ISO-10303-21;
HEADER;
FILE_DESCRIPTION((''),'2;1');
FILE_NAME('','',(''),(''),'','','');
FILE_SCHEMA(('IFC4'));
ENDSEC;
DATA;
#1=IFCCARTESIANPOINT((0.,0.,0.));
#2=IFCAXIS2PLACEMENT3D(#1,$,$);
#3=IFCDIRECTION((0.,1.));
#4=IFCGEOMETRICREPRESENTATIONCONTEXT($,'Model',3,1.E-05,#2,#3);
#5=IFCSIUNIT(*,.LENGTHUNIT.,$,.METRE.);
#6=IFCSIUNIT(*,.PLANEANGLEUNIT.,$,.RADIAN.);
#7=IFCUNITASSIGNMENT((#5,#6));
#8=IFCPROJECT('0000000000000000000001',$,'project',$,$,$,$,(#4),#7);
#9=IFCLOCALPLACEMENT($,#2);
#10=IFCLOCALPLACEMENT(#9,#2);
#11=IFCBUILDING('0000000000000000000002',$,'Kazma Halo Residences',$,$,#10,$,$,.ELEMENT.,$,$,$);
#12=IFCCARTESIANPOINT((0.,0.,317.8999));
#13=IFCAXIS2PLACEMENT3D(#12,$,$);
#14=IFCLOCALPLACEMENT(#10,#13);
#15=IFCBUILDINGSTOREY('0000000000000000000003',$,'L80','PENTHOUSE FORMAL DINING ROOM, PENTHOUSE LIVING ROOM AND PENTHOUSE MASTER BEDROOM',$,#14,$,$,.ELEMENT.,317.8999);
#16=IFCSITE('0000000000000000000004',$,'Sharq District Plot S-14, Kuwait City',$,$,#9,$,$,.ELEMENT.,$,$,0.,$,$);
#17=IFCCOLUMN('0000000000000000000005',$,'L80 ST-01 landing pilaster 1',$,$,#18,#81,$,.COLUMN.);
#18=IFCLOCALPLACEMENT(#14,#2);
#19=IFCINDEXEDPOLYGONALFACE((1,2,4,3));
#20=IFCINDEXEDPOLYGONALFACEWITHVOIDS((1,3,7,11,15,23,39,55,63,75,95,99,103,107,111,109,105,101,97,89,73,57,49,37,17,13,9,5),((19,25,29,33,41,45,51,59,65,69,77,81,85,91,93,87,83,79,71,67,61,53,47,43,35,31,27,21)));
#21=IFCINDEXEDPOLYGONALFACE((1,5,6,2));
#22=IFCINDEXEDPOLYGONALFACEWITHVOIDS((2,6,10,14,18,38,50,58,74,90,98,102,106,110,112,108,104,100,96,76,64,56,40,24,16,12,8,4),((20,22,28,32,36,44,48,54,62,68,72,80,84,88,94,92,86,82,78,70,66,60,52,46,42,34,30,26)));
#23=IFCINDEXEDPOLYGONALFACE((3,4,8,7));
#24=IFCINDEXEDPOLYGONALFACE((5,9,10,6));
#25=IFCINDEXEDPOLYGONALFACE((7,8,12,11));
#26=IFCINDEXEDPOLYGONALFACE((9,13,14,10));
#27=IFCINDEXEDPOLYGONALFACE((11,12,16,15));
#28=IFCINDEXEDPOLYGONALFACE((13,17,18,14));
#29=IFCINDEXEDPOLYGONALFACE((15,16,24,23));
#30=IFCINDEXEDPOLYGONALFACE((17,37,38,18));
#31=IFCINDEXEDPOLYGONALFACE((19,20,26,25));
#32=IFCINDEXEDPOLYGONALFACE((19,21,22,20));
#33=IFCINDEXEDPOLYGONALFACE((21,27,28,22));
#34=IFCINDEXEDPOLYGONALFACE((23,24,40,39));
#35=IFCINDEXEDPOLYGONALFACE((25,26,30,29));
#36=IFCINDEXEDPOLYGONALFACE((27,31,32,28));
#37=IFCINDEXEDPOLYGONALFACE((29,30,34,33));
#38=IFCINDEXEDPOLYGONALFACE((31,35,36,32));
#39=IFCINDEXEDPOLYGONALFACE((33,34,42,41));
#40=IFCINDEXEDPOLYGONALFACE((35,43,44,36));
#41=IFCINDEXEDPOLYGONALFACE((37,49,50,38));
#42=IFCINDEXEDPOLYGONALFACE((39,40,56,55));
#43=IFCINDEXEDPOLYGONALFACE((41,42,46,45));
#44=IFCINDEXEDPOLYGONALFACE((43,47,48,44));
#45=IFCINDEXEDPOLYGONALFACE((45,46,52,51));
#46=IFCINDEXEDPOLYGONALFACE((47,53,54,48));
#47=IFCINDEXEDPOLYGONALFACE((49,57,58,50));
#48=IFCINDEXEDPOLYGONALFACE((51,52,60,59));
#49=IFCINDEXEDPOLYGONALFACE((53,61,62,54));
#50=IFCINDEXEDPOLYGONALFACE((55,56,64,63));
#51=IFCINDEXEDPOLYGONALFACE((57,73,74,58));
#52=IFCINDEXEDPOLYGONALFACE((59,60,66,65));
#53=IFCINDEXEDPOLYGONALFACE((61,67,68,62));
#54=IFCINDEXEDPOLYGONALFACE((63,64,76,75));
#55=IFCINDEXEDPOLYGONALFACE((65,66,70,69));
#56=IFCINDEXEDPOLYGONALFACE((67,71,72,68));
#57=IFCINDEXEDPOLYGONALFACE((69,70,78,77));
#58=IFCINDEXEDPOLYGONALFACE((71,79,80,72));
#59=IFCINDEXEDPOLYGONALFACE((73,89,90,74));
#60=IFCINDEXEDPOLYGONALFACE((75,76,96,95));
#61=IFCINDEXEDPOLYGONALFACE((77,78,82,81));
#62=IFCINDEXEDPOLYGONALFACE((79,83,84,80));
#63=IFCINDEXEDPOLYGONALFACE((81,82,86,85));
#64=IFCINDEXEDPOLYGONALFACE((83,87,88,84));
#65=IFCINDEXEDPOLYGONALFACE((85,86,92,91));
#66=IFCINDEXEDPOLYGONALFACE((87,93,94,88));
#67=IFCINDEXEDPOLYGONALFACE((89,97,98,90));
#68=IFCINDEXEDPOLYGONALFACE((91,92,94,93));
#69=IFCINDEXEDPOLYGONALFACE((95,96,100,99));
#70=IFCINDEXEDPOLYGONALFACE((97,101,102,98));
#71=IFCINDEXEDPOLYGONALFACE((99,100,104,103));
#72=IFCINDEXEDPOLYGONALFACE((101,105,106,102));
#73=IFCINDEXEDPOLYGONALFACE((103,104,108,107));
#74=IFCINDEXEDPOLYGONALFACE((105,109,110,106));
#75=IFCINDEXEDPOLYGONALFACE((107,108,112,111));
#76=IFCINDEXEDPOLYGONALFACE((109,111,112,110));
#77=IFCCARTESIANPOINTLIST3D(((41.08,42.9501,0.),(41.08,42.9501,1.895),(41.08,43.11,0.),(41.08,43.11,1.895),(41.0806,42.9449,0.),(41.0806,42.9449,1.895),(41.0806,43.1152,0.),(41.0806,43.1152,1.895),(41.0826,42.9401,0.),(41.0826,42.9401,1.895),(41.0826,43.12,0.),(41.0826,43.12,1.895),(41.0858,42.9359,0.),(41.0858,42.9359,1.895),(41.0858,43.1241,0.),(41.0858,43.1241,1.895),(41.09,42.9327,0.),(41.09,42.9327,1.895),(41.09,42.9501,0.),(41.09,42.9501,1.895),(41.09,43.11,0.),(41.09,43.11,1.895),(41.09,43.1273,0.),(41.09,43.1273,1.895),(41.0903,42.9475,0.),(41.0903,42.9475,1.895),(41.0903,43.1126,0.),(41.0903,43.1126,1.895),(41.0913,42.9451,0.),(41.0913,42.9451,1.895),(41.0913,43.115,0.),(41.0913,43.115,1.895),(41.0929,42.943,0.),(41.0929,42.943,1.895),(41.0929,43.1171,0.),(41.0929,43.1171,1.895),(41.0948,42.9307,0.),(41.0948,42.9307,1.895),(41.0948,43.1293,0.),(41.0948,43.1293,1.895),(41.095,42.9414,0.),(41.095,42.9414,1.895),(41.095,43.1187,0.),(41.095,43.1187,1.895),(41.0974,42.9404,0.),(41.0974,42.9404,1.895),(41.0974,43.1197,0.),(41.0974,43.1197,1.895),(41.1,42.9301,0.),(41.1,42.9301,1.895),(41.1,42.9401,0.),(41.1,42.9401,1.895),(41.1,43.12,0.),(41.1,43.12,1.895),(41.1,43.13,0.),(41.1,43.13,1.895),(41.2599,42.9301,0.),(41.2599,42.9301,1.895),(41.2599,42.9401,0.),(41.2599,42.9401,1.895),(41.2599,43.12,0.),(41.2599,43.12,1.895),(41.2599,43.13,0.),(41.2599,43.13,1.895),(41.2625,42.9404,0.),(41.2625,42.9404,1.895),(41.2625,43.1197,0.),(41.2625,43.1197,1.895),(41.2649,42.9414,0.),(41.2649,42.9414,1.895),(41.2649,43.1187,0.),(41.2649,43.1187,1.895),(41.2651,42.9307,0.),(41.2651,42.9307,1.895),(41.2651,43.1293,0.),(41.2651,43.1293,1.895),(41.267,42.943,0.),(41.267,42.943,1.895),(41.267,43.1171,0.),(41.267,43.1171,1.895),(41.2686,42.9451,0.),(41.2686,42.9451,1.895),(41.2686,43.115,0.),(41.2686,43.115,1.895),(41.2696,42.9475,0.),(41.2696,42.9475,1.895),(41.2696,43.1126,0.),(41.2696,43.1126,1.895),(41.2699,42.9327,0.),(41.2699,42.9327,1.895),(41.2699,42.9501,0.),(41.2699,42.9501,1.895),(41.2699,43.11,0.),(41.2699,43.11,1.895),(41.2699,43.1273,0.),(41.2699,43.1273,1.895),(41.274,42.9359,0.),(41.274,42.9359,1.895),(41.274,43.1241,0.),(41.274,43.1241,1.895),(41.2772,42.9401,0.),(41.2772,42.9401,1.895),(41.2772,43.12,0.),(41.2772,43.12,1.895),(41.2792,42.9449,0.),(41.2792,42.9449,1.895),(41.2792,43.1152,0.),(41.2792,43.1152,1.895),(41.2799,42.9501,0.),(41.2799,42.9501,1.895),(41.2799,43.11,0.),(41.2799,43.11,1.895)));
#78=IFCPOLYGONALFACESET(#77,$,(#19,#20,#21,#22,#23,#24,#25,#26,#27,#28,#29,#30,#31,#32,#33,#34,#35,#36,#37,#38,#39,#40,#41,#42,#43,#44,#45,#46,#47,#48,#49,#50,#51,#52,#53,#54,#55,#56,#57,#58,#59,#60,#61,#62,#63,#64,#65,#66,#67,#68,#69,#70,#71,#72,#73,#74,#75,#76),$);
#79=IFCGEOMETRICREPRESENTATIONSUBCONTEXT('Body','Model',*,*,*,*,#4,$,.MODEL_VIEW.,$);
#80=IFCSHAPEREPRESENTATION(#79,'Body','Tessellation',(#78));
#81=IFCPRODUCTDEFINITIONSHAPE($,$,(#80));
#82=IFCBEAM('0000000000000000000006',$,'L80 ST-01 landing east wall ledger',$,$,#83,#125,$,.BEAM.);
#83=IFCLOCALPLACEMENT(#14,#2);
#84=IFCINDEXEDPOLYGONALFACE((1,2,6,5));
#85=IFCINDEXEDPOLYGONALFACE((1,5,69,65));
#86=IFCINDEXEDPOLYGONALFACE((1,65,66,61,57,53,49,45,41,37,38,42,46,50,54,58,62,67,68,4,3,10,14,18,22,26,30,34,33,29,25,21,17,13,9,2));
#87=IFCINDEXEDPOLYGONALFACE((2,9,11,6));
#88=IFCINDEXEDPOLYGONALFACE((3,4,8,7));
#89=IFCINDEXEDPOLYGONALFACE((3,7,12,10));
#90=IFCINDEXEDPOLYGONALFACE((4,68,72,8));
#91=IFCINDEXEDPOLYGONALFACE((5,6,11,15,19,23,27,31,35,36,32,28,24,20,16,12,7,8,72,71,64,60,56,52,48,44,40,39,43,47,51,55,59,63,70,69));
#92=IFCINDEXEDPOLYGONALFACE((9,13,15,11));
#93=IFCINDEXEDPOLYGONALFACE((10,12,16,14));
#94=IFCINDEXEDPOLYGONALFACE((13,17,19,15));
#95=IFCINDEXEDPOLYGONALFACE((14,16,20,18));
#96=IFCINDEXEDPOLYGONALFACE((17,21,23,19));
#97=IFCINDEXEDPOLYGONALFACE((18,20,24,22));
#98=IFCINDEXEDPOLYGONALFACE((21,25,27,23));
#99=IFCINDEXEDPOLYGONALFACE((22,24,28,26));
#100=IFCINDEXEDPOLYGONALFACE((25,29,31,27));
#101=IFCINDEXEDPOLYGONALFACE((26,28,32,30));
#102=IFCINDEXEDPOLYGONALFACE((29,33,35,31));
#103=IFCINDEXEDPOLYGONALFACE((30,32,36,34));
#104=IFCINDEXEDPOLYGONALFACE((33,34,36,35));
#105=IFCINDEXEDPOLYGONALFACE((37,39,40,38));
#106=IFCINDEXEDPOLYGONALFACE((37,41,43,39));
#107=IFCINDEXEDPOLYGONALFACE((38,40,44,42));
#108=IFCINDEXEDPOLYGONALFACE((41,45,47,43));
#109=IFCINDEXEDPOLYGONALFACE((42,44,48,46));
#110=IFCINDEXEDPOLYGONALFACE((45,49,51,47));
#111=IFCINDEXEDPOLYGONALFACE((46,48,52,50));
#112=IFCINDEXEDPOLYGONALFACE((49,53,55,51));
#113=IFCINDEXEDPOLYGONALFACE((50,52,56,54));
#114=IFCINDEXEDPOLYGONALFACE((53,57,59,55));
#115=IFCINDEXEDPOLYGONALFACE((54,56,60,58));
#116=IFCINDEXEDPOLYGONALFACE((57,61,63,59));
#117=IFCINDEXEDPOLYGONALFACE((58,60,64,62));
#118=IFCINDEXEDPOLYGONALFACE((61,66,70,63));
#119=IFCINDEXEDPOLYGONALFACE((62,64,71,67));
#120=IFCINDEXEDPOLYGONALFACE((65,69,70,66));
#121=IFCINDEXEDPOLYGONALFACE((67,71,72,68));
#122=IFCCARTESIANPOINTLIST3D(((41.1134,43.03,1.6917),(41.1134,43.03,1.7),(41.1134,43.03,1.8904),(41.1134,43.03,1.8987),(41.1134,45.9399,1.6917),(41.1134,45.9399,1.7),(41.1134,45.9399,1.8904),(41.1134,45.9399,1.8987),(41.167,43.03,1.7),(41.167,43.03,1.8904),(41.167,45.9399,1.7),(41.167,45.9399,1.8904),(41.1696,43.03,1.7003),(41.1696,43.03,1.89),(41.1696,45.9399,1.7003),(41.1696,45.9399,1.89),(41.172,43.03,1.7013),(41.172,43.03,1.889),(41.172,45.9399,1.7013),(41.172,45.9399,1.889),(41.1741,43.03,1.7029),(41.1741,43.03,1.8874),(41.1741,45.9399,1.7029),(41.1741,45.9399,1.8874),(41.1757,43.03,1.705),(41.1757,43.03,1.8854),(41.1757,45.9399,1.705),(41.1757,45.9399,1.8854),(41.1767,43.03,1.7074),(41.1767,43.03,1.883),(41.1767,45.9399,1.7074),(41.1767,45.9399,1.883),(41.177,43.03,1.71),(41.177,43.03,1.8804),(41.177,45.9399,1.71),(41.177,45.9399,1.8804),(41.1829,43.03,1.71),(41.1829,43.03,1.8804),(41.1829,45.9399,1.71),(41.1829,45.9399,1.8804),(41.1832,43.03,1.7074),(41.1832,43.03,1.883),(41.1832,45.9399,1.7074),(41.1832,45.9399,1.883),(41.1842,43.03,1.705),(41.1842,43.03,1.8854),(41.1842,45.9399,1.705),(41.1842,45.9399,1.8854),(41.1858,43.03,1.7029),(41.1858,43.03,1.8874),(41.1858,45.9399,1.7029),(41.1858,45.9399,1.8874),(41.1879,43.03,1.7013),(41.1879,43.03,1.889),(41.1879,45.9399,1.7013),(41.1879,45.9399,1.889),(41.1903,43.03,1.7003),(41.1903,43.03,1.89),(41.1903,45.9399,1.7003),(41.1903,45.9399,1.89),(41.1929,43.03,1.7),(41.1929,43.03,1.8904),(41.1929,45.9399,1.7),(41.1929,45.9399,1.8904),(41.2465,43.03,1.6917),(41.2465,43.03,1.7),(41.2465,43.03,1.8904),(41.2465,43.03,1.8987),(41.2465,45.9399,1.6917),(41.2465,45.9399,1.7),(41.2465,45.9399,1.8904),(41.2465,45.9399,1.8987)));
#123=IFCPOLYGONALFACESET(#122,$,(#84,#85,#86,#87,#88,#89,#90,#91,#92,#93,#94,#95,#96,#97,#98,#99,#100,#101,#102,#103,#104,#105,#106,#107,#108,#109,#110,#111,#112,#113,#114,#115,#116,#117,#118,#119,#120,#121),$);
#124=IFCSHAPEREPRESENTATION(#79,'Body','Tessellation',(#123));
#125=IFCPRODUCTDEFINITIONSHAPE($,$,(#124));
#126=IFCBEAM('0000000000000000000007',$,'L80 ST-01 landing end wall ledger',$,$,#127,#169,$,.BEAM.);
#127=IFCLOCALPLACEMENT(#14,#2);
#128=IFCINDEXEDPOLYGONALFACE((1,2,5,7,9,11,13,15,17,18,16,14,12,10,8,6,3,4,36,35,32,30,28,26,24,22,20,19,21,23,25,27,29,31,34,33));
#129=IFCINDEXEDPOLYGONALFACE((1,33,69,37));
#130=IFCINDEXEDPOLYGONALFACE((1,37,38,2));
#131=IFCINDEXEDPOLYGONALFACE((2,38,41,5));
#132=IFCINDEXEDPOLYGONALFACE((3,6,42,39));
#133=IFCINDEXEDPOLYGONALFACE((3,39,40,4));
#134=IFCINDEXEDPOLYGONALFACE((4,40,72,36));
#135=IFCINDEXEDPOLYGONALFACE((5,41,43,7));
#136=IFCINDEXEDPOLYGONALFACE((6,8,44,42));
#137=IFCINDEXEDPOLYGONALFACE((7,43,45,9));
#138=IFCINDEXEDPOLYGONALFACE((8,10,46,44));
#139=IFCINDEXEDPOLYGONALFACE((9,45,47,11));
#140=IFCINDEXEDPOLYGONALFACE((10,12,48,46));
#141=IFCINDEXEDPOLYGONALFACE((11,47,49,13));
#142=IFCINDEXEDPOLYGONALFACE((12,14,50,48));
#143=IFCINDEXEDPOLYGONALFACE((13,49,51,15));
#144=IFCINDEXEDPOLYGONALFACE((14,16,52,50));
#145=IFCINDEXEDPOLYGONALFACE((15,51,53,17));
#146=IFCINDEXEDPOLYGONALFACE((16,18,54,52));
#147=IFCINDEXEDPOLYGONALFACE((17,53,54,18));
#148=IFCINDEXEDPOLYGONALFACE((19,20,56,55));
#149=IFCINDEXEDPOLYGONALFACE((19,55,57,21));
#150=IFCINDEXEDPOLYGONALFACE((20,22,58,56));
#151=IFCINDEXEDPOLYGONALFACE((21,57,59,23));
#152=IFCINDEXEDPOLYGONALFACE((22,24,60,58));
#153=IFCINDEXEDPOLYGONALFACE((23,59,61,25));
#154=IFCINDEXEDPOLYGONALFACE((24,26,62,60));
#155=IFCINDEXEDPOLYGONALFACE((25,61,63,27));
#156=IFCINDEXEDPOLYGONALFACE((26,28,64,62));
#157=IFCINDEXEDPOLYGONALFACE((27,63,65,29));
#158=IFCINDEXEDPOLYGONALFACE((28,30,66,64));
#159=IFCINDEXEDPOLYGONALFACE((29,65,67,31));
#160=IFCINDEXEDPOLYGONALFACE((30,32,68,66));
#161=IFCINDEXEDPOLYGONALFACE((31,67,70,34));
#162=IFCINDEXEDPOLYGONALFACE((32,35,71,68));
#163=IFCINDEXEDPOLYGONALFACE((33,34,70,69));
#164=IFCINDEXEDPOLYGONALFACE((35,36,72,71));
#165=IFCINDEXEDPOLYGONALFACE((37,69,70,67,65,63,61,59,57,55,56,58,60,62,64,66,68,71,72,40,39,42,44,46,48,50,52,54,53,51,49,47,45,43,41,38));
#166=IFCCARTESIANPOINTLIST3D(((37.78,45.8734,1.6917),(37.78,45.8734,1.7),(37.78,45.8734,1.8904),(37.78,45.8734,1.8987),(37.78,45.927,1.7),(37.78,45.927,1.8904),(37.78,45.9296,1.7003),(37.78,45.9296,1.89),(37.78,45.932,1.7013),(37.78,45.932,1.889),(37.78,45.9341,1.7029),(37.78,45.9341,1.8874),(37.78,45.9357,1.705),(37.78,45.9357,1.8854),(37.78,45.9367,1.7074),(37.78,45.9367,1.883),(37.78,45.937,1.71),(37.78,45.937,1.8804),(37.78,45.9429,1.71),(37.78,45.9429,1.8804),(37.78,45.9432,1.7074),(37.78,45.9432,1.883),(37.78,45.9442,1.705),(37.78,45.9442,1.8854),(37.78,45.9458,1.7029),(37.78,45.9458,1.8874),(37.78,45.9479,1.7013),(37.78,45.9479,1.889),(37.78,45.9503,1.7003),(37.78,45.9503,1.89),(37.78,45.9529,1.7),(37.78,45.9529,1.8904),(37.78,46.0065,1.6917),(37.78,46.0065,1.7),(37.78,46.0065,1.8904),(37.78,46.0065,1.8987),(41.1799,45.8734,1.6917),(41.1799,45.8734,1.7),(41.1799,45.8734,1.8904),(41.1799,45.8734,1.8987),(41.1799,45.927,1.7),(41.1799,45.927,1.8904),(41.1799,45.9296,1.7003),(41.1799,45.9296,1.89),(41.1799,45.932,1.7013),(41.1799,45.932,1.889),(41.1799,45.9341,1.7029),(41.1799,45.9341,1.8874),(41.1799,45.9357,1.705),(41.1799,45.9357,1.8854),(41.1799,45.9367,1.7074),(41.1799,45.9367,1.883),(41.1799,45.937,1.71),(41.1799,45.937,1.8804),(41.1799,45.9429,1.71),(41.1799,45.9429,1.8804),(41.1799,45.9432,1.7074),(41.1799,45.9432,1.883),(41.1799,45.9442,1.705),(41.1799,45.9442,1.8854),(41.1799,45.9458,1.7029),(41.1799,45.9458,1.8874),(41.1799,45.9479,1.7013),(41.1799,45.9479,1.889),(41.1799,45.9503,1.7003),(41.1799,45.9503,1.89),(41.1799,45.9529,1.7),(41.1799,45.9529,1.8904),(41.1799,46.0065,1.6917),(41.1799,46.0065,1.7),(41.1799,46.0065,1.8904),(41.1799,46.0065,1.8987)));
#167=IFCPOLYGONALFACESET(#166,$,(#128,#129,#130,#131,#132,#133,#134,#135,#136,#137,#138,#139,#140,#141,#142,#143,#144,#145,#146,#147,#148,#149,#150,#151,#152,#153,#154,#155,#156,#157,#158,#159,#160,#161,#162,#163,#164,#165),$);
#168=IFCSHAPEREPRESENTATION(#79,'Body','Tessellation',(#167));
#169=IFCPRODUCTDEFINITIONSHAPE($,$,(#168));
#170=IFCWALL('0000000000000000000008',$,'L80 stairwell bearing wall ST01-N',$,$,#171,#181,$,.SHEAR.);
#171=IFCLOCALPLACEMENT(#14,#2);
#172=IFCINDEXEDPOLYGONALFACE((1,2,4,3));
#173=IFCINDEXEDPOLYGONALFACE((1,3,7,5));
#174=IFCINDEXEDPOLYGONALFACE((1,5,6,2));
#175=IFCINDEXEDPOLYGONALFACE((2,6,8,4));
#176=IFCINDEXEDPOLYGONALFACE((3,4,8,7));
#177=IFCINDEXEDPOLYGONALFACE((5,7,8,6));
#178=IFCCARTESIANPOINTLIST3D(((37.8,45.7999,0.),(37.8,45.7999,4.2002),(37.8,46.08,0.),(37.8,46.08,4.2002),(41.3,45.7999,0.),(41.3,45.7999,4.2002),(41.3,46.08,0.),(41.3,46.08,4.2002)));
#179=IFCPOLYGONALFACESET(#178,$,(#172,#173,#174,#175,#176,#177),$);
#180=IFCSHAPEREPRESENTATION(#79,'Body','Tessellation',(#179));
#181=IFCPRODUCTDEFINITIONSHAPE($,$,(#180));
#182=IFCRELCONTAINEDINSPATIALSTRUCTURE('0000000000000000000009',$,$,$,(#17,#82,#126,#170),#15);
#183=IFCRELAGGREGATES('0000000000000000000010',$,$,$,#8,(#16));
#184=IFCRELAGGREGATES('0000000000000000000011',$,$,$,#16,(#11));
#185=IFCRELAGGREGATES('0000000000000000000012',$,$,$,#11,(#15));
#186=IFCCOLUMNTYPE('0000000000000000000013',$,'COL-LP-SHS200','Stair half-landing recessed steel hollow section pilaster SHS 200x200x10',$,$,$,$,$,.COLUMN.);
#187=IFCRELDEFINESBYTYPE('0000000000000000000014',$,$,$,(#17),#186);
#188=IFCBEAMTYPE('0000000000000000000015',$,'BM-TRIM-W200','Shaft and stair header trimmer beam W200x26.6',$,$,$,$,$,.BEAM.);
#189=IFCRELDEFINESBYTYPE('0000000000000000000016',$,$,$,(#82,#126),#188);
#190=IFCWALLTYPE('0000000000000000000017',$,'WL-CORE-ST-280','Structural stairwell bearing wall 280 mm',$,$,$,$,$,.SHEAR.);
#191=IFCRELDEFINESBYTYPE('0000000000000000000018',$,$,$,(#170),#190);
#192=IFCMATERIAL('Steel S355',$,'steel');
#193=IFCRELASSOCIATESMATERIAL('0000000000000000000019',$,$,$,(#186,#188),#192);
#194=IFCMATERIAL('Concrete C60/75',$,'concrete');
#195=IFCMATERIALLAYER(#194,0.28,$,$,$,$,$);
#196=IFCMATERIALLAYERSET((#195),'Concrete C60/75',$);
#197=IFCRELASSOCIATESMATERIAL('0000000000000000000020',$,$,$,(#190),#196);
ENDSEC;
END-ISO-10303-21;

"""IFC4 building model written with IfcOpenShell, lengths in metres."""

from ifc_helpers import new_model, si_unit, direction, frame, frame_2d, origin, origin_2d, place, context, subcontext, project, spatial, rectangle, hollow_rectangle, i_section, extrude, material, layer, layer_set, material_profile, profile_set, type_object, element, save


model = new_model("IFC4")

# Units and contexts
model_context = context("Model", 3, precision=1e-05, world=origin(), true_north=direction((0.0, 1.0)))
body_context = subcontext(model_context, "Body", "Model", "MODEL_VIEW")
ifc_project = project(units=[si_unit("LENGTHUNIT", "METRE"), si_unit("PLANEANGLEUNIT", "RADIAN")], contexts=[model_context])

# Site, building, storey
site_placement = place(None, origin())
site = spatial("IfcSite", under=ifc_project, at=site_placement, Name="Sharq District Plot S-14, Kuwait City", CompositionType="ELEMENT", RefElevation=0.0)
building_placement = place(site_placement, origin())
building = spatial("IfcBuilding", under=site, at=building_placement, Name="Kazma Halo Residences", CompositionType="ELEMENT")
storey_placement = place(building_placement, frame((0.0, 0.0, 317.8999)))
storey = spatial("IfcBuildingStorey", under=building, at=storey_placement, Name="L80", Description="PENTHOUSE FORMAL DINING ROOM, PENTHOUSE LIVING ROOM AND PENTHOUSE MASTER BEDROOM", CompositionType="ELEMENT", Elevation=317.8999)

# Column
ifc_material_1 = material(Name="Steel S355", Category="steel")
ifc_material_profile_1 = material_profile(ifc_material_1, hollow_rectangle(XDim=0.2, YDim=0.2, WallThickness=0.01, InnerFilletRadius=0.01, OuterFilletRadius=0.02, at=origin_2d()), Name="SHS200x200x10")
ifc_profile_set_1 = profile_set([ifc_material_profile_1], Name="Steel S355")
column_type = type_object("IfcColumnType", Name="COL-LP-SHS200", Description="Stair half-landing recessed steel hollow section pilaster SHS 200x200x10", PredefinedType="COLUMN", material=ifc_profile_set_1)
column_placement = place(storey_placement, frame((41.1799, 43.03, 0.0), z_axis=(0.0, 0.0, 1.0), x_axis=(1.0, 0.0, 0.0)))
element("IfcColumn", 1, at=column_placement, inside=storey, type_object=column_type, Name="L80 ST-01 landing pilaster 1", PredefinedType="COLUMN", context=body_context, shape_type="SweptSolid", body=[
    extrude(hollow_rectangle(XDim=0.2, YDim=0.2, WallThickness=0.01, InnerFilletRadius=0.01, OuterFilletRadius=0.02, at=origin_2d()), origin(), (0.0, 0.0, 1.0), 1.895),
])

# Beams
ifc_material_profile_2 = material_profile(ifc_material_1, i_section(OverallWidth=0.1331, OverallDepth=0.207, WebThickness=0.0059, FlangeThickness=0.0083, FilletRadius=0.01, at=origin_2d()), Name="W200x26.6")
ifc_profile_set_2 = profile_set([ifc_material_profile_2], Name="Steel S355")
beam_type = type_object("IfcBeamType", Name="BM-TRIM-W200", Description="Shaft and stair header trimmer beam W200x26.6", PredefinedType="BEAM", material=ifc_profile_set_2)
beam_1_placement = place(storey_placement, frame((41.1799, 43.03, 1.7952), z_axis=(0.0, 1.0, 0.0), x_axis=(-1.0, 0.0, 0.0)))
element("IfcBeam", 2, at=beam_1_placement, inside=storey, type_object=beam_type, Name="L80 ST-01 landing east wall ledger", PredefinedType="BEAM", context=body_context, shape_type="SweptSolid", body=[
    extrude(i_section(OverallWidth=0.1331, OverallDepth=0.207, WebThickness=0.0059, FlangeThickness=0.0083, FilletRadius=0.01, at=origin_2d()), origin(), (0.0, 0.0, 1.0), 2.9099),
])
beam_2_placement = place(storey_placement, frame((37.78, 45.9399, 1.7952), z_axis=(1.0, 0.0, 0.0), x_axis=(0.0, 1.0, 0.0)))
element("IfcBeam", 3, at=beam_2_placement, inside=storey, type_object=beam_type, Name="L80 ST-01 landing end wall ledger", PredefinedType="BEAM", context=body_context, shape_type="SweptSolid", body=[
    extrude(i_section(OverallWidth=0.1331, OverallDepth=0.207, WebThickness=0.0059, FlangeThickness=0.0083, FilletRadius=0.01, at=origin_2d()), origin(), (0.0, 0.0, 1.0), 3.3999),
])

# Wall
ifc_material_2 = material(Name="Concrete C60/75", Category="concrete")
ifc_layer_1 = layer(ifc_material_2, 0.28)
ifc_layer_set_1 = layer_set([ifc_layer_1], Name="Concrete C60/75")
wall_type_1 = type_object("IfcWallType", Name="WL-CORE-ST-280", Description="Structural stairwell bearing wall 280 mm", PredefinedType="SHEAR", material=ifc_layer_set_1)
wall_1_placement = place(storey_placement, frame((37.8, 45.9399, 0.0), z_axis=(0.0, 0.0, 1.0), x_axis=(1.0, 0.0, 0.0)))
element("IfcWall", 4, at=wall_1_placement, inside=storey, type_object=wall_type_1, Name="L80 stairwell bearing wall ST01-N", PredefinedType="SHEAR", context=body_context, shape_type="SweptSolid", body=[
    extrude(rectangle(XDim=3.5, YDim=0.28, at=frame_2d((1.75, 0.0))), origin(), (0.0, 0.0, 1.0), 4.2002),
])

save(model, "model.ifc")
